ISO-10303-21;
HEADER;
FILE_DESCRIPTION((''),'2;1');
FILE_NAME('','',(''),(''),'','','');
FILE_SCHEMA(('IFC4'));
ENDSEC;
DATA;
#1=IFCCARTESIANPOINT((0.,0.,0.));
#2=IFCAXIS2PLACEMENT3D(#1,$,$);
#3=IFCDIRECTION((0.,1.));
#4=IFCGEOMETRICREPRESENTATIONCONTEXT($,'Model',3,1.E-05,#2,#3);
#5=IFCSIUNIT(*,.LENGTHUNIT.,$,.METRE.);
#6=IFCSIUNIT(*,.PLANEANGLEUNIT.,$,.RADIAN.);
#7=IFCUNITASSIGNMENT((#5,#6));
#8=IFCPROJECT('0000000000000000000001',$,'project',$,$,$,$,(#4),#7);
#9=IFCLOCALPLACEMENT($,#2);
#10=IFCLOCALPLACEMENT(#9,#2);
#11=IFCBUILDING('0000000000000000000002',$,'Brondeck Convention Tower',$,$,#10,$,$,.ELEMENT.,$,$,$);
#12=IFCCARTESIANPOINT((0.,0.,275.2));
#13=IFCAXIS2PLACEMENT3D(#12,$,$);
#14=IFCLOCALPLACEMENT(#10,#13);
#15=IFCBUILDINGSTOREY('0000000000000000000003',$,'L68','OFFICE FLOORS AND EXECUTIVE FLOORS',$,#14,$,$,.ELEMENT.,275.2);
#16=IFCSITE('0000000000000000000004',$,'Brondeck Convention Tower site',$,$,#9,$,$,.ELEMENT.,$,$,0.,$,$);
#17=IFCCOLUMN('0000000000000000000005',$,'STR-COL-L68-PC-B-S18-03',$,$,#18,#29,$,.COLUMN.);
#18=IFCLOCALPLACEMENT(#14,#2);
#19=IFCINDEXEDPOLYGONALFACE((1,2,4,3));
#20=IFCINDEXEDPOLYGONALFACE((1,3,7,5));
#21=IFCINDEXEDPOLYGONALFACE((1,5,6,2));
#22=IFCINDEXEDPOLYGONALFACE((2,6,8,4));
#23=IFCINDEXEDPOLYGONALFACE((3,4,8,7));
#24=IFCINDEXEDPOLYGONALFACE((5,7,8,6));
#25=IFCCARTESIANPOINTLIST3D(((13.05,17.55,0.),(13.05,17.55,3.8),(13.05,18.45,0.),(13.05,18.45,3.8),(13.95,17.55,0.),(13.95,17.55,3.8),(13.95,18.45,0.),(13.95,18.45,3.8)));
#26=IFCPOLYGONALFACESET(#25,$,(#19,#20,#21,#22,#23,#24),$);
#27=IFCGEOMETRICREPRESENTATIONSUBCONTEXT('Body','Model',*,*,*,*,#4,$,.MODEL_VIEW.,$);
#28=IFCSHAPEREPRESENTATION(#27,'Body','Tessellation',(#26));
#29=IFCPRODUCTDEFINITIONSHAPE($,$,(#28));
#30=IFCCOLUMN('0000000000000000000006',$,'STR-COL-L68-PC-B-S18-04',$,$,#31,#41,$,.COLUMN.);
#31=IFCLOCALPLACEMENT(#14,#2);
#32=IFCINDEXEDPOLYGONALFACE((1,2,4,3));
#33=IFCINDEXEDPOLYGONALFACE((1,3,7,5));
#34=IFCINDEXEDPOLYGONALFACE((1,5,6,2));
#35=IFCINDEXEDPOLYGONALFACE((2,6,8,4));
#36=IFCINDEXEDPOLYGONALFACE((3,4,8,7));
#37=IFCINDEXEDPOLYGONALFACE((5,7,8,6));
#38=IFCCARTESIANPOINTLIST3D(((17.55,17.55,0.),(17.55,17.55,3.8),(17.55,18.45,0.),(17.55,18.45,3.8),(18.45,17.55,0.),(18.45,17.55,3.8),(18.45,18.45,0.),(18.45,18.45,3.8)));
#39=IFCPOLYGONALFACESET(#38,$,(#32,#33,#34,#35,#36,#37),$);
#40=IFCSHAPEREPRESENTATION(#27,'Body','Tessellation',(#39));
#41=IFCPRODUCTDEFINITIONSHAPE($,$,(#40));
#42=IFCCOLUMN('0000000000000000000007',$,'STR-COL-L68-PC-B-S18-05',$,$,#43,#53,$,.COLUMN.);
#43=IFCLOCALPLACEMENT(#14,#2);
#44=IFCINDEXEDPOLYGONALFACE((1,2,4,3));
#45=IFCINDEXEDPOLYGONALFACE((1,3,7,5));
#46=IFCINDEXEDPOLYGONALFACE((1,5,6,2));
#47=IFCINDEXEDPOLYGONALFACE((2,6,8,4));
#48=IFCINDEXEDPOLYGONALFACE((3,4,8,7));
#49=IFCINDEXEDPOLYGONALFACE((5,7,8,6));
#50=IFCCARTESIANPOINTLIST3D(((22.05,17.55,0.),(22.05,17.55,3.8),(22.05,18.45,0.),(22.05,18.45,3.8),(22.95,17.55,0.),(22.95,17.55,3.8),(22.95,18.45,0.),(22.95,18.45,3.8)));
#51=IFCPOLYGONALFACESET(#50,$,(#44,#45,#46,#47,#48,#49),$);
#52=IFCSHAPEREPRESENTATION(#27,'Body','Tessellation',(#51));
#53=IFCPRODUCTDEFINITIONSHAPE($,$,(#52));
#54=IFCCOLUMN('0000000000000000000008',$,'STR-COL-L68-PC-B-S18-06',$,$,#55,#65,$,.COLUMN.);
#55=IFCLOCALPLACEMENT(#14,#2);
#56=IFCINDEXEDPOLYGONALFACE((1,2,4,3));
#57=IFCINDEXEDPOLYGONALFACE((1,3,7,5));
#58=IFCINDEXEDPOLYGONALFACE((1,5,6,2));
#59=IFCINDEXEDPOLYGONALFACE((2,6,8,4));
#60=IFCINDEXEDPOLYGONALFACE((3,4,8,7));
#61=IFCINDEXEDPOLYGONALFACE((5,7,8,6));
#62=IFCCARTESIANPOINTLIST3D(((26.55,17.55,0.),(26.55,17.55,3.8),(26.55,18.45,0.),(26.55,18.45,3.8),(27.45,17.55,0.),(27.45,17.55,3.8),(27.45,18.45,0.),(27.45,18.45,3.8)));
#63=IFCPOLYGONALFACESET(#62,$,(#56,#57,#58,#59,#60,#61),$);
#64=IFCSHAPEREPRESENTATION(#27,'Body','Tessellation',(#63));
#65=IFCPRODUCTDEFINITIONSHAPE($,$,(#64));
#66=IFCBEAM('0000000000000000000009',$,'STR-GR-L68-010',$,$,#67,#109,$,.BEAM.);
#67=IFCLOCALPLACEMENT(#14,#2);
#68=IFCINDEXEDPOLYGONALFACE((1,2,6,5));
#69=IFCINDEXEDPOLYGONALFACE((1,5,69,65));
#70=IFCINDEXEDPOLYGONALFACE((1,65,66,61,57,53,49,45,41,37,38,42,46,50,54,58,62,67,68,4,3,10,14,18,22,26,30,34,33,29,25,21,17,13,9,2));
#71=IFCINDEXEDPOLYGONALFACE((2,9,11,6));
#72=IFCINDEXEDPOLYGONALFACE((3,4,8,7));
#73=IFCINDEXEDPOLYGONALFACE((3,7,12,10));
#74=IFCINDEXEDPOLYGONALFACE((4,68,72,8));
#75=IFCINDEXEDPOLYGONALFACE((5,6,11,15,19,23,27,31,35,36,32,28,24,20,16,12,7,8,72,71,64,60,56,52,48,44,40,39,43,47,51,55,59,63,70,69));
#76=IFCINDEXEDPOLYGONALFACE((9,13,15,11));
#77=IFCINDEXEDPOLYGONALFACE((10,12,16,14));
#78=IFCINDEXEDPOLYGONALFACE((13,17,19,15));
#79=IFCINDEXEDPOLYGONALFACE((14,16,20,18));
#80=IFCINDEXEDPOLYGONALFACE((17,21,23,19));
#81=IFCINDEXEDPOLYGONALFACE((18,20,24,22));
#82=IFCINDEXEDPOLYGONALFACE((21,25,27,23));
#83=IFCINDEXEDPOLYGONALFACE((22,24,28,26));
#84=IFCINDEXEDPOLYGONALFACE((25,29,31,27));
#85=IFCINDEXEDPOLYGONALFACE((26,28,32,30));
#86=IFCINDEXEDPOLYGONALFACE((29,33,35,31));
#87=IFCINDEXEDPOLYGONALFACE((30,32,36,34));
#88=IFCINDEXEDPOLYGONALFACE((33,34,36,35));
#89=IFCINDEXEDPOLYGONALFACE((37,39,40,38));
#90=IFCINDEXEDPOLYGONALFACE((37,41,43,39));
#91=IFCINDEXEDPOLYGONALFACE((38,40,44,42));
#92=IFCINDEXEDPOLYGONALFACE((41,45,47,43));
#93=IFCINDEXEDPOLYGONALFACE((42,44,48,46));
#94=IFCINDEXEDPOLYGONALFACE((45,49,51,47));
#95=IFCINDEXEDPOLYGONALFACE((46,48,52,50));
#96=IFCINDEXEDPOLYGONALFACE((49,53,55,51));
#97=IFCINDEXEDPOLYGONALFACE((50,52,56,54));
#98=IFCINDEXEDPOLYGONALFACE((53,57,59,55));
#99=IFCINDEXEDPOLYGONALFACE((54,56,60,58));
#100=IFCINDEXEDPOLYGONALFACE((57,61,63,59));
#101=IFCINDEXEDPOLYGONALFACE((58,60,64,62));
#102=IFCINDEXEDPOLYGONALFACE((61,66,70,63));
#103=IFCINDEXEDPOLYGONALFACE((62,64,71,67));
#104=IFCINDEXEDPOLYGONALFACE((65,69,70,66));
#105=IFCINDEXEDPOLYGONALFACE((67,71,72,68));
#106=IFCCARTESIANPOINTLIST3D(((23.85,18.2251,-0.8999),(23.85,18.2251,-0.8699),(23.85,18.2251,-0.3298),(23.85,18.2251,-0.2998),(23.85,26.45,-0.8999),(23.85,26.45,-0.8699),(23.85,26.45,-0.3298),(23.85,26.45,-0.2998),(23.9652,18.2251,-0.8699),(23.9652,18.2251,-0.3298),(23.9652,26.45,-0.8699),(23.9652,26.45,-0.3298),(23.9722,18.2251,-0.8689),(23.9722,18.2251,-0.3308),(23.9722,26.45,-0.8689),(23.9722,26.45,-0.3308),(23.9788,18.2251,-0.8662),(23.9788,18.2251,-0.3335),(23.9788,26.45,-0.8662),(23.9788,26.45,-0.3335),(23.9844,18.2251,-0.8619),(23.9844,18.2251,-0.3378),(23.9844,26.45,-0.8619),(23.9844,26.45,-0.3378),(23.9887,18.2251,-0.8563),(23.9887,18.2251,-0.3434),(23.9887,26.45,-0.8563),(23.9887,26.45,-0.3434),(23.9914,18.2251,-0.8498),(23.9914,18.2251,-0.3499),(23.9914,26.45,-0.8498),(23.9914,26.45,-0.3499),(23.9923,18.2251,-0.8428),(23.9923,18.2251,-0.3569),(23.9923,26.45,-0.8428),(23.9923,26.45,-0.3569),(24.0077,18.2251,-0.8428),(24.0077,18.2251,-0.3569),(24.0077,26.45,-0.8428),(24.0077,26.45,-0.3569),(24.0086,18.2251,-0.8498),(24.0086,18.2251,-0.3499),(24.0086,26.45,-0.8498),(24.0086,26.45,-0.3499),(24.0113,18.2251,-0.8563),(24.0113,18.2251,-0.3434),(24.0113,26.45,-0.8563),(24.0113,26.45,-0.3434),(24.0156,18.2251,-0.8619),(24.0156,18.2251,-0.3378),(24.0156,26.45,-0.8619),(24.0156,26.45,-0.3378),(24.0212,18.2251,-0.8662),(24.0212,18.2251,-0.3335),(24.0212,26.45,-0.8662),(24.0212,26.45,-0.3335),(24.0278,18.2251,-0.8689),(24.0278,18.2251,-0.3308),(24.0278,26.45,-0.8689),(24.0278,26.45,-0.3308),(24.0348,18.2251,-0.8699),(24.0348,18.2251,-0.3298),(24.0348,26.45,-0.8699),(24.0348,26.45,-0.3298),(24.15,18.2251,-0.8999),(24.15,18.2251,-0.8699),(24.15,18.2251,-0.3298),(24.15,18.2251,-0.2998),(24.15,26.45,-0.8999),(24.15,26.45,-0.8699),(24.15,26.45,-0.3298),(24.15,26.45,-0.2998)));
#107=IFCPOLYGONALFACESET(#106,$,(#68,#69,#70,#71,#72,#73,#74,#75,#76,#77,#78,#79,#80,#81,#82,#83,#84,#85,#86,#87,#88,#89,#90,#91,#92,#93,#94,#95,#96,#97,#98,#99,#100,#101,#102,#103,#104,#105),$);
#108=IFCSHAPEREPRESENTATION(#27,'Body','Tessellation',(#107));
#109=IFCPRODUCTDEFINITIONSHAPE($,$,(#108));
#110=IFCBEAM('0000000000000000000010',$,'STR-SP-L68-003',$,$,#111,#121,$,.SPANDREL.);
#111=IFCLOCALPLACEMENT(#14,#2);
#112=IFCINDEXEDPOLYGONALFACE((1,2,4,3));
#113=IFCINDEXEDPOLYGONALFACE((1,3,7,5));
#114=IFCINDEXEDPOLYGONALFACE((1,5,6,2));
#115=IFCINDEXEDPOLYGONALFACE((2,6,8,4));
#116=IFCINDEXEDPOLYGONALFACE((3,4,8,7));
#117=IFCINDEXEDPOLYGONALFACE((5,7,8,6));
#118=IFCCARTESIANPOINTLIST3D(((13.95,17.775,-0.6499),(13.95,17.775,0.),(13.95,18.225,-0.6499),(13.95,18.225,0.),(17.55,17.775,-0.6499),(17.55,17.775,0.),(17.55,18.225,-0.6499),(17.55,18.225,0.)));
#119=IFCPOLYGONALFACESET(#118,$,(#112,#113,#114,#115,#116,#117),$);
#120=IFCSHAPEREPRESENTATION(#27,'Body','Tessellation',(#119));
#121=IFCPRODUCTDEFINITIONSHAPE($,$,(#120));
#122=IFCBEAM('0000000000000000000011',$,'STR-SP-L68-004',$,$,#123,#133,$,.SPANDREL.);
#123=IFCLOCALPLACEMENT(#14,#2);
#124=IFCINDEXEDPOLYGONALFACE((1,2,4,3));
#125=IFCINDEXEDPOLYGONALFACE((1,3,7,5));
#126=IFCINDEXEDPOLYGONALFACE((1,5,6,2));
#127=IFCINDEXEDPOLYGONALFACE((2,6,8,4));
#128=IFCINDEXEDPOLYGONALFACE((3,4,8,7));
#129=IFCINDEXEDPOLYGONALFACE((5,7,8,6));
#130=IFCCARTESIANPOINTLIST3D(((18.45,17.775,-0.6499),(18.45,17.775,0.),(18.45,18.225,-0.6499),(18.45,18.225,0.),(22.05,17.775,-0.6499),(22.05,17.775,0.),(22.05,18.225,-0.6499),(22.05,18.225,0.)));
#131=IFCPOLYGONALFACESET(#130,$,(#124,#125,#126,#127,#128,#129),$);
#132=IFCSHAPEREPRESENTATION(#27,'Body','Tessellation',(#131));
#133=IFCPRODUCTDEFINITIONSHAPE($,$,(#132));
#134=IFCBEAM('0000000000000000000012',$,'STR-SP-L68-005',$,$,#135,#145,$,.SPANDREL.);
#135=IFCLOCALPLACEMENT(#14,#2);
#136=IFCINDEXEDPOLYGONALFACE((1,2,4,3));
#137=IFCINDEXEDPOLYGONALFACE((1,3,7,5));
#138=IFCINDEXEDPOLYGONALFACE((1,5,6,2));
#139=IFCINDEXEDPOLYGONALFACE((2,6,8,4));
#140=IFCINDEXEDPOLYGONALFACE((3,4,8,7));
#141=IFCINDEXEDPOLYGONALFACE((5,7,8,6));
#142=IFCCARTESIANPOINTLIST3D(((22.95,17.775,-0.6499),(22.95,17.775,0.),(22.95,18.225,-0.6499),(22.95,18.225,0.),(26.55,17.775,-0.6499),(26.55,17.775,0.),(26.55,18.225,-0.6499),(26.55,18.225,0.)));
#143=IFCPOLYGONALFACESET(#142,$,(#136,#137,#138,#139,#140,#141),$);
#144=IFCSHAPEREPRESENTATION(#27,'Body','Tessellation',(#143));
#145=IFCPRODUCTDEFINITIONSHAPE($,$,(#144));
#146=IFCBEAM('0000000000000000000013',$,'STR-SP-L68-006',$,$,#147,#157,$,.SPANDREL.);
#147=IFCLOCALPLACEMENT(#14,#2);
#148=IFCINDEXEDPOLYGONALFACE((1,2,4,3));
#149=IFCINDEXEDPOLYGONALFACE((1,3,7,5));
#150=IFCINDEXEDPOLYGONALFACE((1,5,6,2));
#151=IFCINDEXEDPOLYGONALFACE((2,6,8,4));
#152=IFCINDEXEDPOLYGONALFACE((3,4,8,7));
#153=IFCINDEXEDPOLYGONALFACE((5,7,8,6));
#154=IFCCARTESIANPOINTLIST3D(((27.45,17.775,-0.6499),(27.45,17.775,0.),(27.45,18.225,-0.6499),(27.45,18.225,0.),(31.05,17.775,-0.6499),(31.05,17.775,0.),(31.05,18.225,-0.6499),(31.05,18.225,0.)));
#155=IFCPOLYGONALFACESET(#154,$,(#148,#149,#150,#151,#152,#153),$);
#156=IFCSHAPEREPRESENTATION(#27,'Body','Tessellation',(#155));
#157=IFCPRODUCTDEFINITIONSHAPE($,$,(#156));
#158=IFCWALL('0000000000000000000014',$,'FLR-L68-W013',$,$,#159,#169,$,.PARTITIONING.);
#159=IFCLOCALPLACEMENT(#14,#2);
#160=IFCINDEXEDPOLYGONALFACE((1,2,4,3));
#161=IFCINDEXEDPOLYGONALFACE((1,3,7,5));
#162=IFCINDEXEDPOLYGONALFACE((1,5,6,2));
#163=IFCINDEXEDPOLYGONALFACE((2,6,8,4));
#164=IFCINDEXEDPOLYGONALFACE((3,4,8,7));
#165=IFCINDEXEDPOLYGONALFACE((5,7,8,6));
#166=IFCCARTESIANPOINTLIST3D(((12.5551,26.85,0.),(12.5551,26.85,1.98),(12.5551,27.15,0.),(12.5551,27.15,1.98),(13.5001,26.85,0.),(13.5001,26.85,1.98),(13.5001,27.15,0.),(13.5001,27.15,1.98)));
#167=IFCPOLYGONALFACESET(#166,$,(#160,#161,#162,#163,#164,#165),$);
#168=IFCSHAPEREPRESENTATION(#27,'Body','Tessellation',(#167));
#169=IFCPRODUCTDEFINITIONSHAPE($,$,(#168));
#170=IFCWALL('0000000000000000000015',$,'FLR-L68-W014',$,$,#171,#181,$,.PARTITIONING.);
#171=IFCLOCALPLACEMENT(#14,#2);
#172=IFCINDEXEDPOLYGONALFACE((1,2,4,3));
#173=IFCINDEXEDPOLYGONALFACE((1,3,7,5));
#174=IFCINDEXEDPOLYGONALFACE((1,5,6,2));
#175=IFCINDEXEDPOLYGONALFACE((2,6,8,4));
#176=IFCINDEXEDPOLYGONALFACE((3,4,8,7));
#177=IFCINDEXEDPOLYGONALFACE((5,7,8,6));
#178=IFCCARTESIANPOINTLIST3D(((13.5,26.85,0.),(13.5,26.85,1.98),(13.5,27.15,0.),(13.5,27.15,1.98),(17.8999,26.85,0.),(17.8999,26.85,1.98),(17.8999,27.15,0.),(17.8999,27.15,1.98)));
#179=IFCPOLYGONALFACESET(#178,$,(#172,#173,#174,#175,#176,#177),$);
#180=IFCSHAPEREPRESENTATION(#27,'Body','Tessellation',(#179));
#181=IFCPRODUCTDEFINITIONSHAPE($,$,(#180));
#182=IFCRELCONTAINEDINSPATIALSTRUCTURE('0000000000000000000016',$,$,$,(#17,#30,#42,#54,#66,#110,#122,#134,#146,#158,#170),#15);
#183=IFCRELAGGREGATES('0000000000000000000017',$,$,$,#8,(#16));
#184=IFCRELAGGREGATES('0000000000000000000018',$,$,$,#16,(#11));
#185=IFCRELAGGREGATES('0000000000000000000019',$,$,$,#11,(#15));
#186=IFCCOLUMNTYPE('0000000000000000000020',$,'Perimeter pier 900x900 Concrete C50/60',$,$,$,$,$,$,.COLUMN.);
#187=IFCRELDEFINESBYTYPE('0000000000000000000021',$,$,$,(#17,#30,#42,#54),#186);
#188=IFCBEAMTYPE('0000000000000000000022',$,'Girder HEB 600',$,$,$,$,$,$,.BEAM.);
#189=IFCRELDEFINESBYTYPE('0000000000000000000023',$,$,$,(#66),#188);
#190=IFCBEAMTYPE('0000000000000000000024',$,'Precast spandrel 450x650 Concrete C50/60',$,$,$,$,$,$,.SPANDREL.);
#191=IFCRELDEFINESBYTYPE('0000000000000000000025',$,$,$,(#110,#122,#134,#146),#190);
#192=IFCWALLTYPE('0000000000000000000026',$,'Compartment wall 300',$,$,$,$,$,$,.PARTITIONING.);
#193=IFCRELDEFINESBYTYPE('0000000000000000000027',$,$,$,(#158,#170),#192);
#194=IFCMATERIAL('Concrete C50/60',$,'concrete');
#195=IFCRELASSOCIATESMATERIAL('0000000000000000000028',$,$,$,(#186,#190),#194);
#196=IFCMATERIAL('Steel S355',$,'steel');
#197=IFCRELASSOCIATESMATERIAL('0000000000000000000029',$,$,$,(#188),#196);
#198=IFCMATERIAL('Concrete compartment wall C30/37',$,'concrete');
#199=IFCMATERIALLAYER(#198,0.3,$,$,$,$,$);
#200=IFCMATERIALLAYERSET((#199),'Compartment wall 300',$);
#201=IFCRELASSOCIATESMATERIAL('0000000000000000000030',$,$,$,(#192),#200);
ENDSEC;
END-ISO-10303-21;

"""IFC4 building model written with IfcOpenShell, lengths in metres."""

from ifc_helpers import new_model, si_unit, direction, frame, frame_2d, origin, origin_2d, place, context, subcontext, project, spatial, rectangle, i_section, extrude, material, layer, layer_set, material_profile, profile_set, type_object, element, save


model = new_model("IFC4")

# Units and contexts
model_context = context("Model", 3, precision=1e-05, world=origin(), true_north=direction((0.0, 1.0)))
body_context = subcontext(model_context, "Body", "Model", "MODEL_VIEW")
ifc_project = project(units=[si_unit("LENGTHUNIT", "METRE"), si_unit("PLANEANGLEUNIT", "RADIAN")], contexts=[model_context])

# Site, building, storey
site_placement = place(None, origin())
site = spatial("IfcSite", under=ifc_project, at=site_placement, Name="Brondeck Convention Tower site", CompositionType="ELEMENT", RefElevation=0.0)
building_placement = place(site_placement, origin())
building = spatial("IfcBuilding", under=site, at=building_placement, Name="Brondeck Convention Tower", CompositionType="ELEMENT")
storey_placement = place(building_placement, frame((0.0, 0.0, 275.2)))
storey = spatial("IfcBuildingStorey", under=building, at=storey_placement, Name="L68", Description="OFFICE FLOORS AND EXECUTIVE FLOORS", CompositionType="ELEMENT", Elevation=275.2)

# Columns
ifc_material_1 = material(Name="Concrete C50/60", Category="concrete")
ifc_material_profile_1 = material_profile(ifc_material_1, rectangle(XDim=0.8999, YDim=0.8999, at=origin_2d()), Name="Perimeter pier 900x900 Concrete C50/60")
ifc_profile_set_1 = profile_set([ifc_material_profile_1], Name="Concrete C50/60")
column_type = type_object("IfcColumnType", Name="Perimeter pier 900x900 Concrete C50/60", PredefinedType="COLUMN", material=ifc_profile_set_1)
for number, where, z_axis, x_axis, name in (
    (1, (13.5, 18.0, 0.0), (0.0, 0.0, 1.0), (1.0, 0.0, 0.0), "STR-COL-L68-PC-B-S18-03"),
    (2, (18.0, 18.0, 0.0), (0.0, 0.0, 1.0), (1.0, 0.0, 0.0), "STR-COL-L68-PC-B-S18-04"),
    (3, (22.5, 18.0, 0.0), (0.0, 0.0, 1.0), (1.0, 0.0, 0.0), "STR-COL-L68-PC-B-S18-05"),
    (4, (27.0, 18.0, 0.0), (0.0, 0.0, 1.0), (1.0, 0.0, 0.0), "STR-COL-L68-PC-B-S18-06"),
):
    element("IfcColumn", number, at=place(storey_placement, frame(where, z_axis=z_axis, x_axis=x_axis)), inside=storey, type_object=column_type, Name=name, PredefinedType="COLUMN", context=body_context, shape_type="SweptSolid", body=[
        extrude(rectangle(XDim=0.8999, YDim=0.8999, at=origin_2d()), origin(), (0.0, 0.0, 1.0), 3.8),
    ])

# Beams
ifc_material_2 = material(Name="Steel S355", Category="steel")
ifc_material_profile_2 = material_profile(ifc_material_2, i_section(OverallWidth=0.3, OverallDepth=0.6001, WebThickness=0.0154, FlangeThickness=0.03, FilletRadius=0.0271, at=origin_2d()), Name="HEB 600")
ifc_profile_set_2 = profile_set([ifc_material_profile_2], Name="Steel S355")
beam_type_1 = type_object("IfcBeamType", Name="Girder HEB 600", PredefinedType="BEAM", material=ifc_profile_set_2)
beam_placement = place(storey_placement, frame((24.0, 26.45, -0.5999), z_axis=(0.0, -1.0, 0.0), x_axis=(1.0, 0.0, 0.0)))
element("IfcBeam", 5, at=beam_placement, inside=storey, type_object=beam_type_1, Name="STR-GR-L68-010", PredefinedType="BEAM", context=body_context, shape_type="SweptSolid", body=[
    extrude(i_section(OverallWidth=0.3, OverallDepth=0.6001, WebThickness=0.0154, FlangeThickness=0.03, FilletRadius=0.0271, at=origin_2d()), origin(), (0.0, 0.0, 1.0), 8.2249),
])
ifc_material_profile_3 = material_profile(ifc_material_1, rectangle(XDim=0.45, YDim=0.6499, at=origin_2d()), Name="Precast spandrel 450x650 Concrete C50/60")
ifc_profile_set_3 = profile_set([ifc_material_profile_3], Name="Concrete C50/60")
beam_type_2 = type_object("IfcBeamType", Name="Precast spandrel 450x650 Concrete C50/60", PredefinedType="SPANDREL", material=ifc_profile_set_3)
for number, where, z_axis, x_axis, name in (
    (6, (13.95, 18.0, -0.325), (1.0, 0.0, 0.0), (0.0, 1.0, 0.0), "STR-SP-L68-003"),
    (7, (18.45, 18.0, -0.325), (1.0, 0.0, 0.0), (0.0, 1.0, 0.0), "STR-SP-L68-004"),
    (8, (22.95, 18.0, -0.325), (1.0, 0.0, 0.0), (0.0, 1.0, 0.0), "STR-SP-L68-005"),
    (9, (27.45, 18.0, -0.325), (1.0, 0.0, 0.0), (0.0, 1.0, 0.0), "STR-SP-L68-006"),
):
    element("IfcBeam", number, at=place(storey_placement, frame(where, z_axis=z_axis, x_axis=x_axis)), inside=storey, type_object=beam_type_2, Name=name, PredefinedType="SPANDREL", context=body_context, shape_type="SweptSolid", body=[
        extrude(rectangle(XDim=0.45, YDim=0.6499, at=origin_2d()), origin(), (0.0, 0.0, 1.0), 3.6001),
    ])

# Walls
ifc_material_3 = material(Name="Concrete compartment wall C30/37", Category="concrete")
ifc_layer_1 = layer(ifc_material_3, 0.3)
ifc_layer_set_1 = layer_set([ifc_layer_1], Name="Compartment wall 300")
wall_type_1 = type_object("IfcWallType", Name="Compartment wall 300", PredefinedType="PARTITIONING", material=ifc_layer_set_1)
wall_1_placement = place(storey_placement, frame((12.5549, 27.0, 0.0), z_axis=(0.0, 0.0, 1.0), x_axis=(1.0, 0.0, 0.0)))
element("IfcWall", 10, at=wall_1_placement, inside=storey, type_object=wall_type_1, Name="FLR-L68-W013", PredefinedType="PARTITIONING", context=body_context, shape_type="SweptSolid", body=[
    extrude(rectangle(XDim=0.9451, YDim=0.3, at=frame_2d((0.4727, 0.0))), origin(), (0.0, 0.0, 1.0), 1.98),
])
wall_2_placement = place(storey_placement, frame((13.5, 27.0, 0.0), z_axis=(0.0, 0.0, 1.0), x_axis=(1.0, 0.0, 0.0)))
element("IfcWall", 11, at=wall_2_placement, inside=storey, type_object=wall_type_1, Name="FLR-L68-W014", PredefinedType="PARTITIONING", context=body_context, shape_type="SweptSolid", body=[
    extrude(rectangle(XDim=4.3999, YDim=0.3, at=frame_2d((2.2, 0.0))), origin(), (0.0, 0.0, 1.0), 1.98),
])

save(model, "model.ifc")
